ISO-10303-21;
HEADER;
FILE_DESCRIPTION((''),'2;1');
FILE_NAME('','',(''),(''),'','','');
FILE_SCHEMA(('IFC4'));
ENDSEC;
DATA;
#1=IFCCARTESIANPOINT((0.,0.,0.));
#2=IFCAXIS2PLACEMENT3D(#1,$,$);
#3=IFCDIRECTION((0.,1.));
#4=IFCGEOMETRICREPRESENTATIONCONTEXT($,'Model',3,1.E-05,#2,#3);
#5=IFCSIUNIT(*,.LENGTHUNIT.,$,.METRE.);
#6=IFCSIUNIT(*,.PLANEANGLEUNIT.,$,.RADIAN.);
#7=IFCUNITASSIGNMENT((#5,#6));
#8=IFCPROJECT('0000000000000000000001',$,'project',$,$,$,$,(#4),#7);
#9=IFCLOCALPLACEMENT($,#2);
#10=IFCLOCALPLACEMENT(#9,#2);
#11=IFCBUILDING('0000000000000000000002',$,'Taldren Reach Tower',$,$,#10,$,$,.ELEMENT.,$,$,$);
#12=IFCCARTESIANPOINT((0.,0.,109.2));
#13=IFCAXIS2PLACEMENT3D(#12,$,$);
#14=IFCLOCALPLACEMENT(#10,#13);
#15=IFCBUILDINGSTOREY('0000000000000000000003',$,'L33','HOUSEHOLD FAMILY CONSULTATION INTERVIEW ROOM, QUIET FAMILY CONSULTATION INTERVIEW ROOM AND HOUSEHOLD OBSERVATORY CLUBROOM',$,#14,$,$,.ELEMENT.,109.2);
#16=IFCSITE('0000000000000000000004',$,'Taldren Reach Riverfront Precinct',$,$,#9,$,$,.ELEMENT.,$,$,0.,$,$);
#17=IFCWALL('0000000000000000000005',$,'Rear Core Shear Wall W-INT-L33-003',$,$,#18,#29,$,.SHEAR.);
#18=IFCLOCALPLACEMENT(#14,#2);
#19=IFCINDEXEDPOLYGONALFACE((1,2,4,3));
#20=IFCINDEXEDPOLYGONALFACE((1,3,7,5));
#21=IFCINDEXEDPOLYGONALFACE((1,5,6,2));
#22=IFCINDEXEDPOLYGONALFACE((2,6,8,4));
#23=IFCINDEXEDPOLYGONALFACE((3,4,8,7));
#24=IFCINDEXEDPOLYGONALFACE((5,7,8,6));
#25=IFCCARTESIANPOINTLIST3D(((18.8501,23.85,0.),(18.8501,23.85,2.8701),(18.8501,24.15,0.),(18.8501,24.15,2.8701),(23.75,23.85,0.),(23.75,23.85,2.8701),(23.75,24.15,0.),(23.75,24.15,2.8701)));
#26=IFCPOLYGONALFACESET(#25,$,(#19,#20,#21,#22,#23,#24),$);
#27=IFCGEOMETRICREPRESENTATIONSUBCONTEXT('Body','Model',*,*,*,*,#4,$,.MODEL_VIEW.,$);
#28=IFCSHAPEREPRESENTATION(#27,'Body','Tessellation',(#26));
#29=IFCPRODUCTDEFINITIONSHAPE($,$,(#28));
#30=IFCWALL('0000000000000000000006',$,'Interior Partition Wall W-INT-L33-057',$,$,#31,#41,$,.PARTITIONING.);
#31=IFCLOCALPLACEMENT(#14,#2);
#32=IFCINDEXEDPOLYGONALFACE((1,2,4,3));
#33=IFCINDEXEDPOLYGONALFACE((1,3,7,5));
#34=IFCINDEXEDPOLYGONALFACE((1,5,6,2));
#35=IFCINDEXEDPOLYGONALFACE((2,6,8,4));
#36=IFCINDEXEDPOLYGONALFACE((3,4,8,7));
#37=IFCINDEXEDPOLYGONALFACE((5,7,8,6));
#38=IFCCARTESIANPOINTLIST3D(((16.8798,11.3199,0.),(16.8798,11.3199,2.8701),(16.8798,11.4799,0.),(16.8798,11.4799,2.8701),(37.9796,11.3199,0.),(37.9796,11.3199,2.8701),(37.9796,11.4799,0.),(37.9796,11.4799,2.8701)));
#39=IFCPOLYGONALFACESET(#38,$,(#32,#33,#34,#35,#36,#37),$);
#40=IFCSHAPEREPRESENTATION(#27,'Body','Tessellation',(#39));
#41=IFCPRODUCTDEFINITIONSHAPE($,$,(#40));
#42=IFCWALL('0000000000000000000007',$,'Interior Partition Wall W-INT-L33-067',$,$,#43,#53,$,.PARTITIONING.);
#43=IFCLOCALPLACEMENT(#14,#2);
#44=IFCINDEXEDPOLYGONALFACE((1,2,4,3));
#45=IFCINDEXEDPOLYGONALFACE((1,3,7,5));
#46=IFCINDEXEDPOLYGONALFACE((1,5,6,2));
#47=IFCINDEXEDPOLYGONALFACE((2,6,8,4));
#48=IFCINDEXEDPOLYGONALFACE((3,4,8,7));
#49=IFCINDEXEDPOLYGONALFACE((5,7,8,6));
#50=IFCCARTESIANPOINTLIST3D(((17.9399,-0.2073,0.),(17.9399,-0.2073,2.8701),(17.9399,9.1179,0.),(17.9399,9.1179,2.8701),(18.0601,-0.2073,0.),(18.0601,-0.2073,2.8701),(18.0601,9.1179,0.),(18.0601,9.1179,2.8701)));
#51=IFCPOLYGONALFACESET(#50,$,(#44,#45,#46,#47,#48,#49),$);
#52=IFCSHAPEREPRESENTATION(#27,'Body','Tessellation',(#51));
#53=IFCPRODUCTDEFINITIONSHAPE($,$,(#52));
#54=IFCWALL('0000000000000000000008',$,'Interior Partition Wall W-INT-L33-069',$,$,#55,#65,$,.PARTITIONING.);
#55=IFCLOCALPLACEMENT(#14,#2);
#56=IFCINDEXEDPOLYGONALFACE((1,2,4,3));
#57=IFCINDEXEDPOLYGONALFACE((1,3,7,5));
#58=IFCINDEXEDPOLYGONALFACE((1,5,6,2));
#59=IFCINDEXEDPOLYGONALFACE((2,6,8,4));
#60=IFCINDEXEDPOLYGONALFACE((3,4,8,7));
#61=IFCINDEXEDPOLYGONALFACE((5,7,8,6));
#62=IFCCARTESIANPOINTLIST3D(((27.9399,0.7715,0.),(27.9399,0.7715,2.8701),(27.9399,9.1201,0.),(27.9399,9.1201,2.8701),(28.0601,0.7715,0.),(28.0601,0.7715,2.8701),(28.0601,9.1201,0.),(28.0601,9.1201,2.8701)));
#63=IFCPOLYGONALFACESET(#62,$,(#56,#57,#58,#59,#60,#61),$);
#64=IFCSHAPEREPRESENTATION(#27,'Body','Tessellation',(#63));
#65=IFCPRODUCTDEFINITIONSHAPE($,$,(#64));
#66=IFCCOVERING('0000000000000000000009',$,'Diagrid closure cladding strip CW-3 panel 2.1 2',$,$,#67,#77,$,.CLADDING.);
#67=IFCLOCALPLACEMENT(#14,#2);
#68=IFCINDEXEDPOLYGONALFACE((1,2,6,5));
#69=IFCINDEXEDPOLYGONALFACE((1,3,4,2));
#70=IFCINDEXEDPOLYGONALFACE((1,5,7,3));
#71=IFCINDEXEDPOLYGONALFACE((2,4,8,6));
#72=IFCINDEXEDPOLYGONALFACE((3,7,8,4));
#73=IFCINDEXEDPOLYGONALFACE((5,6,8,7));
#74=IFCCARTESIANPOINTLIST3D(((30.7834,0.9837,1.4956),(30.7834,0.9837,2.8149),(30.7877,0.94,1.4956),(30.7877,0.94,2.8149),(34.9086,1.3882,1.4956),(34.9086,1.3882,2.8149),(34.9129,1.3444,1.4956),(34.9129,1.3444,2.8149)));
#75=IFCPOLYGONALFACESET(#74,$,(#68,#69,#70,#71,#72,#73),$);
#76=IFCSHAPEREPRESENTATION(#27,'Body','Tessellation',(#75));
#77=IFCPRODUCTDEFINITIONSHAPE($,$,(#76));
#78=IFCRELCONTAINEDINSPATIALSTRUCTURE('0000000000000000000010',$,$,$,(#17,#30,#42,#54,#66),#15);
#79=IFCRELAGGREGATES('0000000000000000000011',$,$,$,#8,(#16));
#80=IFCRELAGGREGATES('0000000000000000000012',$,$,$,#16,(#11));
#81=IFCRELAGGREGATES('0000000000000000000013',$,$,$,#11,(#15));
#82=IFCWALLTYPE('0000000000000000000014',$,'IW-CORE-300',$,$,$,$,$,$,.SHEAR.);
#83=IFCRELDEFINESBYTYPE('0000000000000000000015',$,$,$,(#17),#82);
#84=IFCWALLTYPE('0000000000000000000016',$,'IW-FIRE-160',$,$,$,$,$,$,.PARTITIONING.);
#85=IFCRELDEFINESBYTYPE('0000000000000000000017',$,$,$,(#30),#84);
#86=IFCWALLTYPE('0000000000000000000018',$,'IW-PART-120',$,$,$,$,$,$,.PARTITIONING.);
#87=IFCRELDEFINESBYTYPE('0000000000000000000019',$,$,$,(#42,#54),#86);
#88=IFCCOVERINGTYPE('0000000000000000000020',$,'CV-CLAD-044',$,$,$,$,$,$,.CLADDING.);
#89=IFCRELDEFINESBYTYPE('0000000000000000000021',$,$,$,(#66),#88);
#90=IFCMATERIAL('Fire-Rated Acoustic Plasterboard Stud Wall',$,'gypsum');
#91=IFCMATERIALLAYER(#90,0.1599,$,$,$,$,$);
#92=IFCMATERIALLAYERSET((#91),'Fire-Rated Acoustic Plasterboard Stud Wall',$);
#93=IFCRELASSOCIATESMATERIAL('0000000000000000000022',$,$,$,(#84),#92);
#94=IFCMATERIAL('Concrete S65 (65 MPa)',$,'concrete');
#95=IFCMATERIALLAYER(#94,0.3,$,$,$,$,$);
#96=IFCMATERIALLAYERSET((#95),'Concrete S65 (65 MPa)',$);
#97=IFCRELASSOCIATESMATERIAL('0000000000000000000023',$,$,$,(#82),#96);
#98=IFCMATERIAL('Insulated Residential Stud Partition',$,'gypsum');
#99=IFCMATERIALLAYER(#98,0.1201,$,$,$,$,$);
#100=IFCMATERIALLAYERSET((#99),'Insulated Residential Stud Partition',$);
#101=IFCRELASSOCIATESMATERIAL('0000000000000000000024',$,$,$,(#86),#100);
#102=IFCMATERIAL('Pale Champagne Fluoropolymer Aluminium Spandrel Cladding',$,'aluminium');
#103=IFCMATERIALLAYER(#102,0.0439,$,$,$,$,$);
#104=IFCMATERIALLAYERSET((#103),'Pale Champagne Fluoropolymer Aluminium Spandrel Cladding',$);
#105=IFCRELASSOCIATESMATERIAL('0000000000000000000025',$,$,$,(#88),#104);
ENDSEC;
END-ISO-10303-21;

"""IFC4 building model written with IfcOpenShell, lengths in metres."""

from ifc_helpers import new_model, si_unit, direction, frame, frame_2d, origin, origin_2d, place, context, subcontext, project, spatial, rectangle, extrude, source, transform, mapped, material, layer, layer_set, type_object, element, save


model = new_model("IFC4")

# Units and contexts
model_context = context("Model", 3, precision=1e-05, world=origin(), true_north=direction((0.0, 1.0)))
body_context = subcontext(model_context, "Body", "Model", "MODEL_VIEW")
ifc_project = project(units=[si_unit("LENGTHUNIT", "METRE"), si_unit("PLANEANGLEUNIT", "RADIAN")], contexts=[model_context])

# Site, building, storey
site_placement = place(None, origin())
site = spatial("IfcSite", under=ifc_project, at=site_placement, Name="Taldren Reach Riverfront Precinct", CompositionType="ELEMENT", RefElevation=0.0)
building_placement = place(site_placement, origin())
building = spatial("IfcBuilding", under=site, at=building_placement, Name="Taldren Reach Tower", CompositionType="ELEMENT")
storey_placement = place(building_placement, frame((0.0, 0.0, 109.2)))
storey = spatial("IfcBuildingStorey", under=building, at=storey_placement, Name="L33", Description="HOUSEHOLD FAMILY CONSULTATION INTERVIEW ROOM, QUIET FAMILY CONSULTATION INTERVIEW ROOM AND HOUSEHOLD OBSERVATORY CLUBROOM", CompositionType="ELEMENT", Elevation=109.2)

# Shared definitions
ifc_material_1 = material(Name="Concrete S65 (65 MPa)", Category="concrete")

# Shared definitions
ifc_material_2 = material(Name="Fire-Rated Acoustic Plasterboard Stud Wall", Category="gypsum")
ifc_layer_1 = layer(ifc_material_2, 0.1599)
ifc_layer_set_1 = layer_set([ifc_layer_1], Name="Fire-Rated Acoustic Plasterboard Stud Wall")
wall_type_1 = type_object("IfcWallType", Name="IW-FIRE-160", PredefinedType="PARTITIONING", material=ifc_layer_set_1)

# Walls
ifc_layer_2 = layer(ifc_material_1, 0.3)
ifc_layer_set_2 = layer_set([ifc_layer_2], Name="Concrete S65 (65 MPa)")
wall_type_2 = type_object("IfcWallType", Name="IW-CORE-300", PredefinedType="SHEAR", material=ifc_layer_set_2)
shared_shape_1 = source(origin(), body_context, "Body", "SweptSolid", [
    extrude(rectangle(XDim=4.8999, YDim=0.3, at=frame_2d((2.45, 0.0))), origin(), (0.0, 0.0, 1.0), 2.8701),
])
wall_1_placement = place(storey_placement, frame((18.8501, 24.0, 0.0), z_axis=(0.0, 0.0, 1.0), x_axis=(1.0, 0.0, 0.0)))
element("IfcWall", 1, at=wall_1_placement, inside=storey, type_object=wall_type_2, Name="Rear Core Shear Wall W-INT-L33-003", PredefinedType="SHEAR", context=body_context, shape_type="MappedRepresentation", body=[
    mapped(shared_shape_1, transform((0.0, 0.0, 0.0), scale=1.0)),
])
shared_shape_2 = source(origin(), body_context, "Body", "SweptSolid", [
    extrude(rectangle(XDim=21.0999, YDim=0.1599, at=frame_2d((10.5498, 0.0))), origin(), (0.0, 0.0, 1.0), 2.8701),
])
wall_2_placement = place(storey_placement, frame((16.8799, 11.3999, 0.0), z_axis=(0.0, 0.0, 1.0), x_axis=(1.0, 0.0, 0.0)))
element("IfcWall", 2, at=wall_2_placement, inside=storey, type_object=wall_type_1, Name="Interior Partition Wall W-INT-L33-057", PredefinedType="PARTITIONING", context=body_context, shape_type="MappedRepresentation", body=[
    mapped(shared_shape_2, transform((0.0, 0.0, 0.0), scale=1.0)),
])
ifc_material_3 = material(Name="Insulated Residential Stud Partition", Category="gypsum")
ifc_layer_3 = layer(ifc_material_3, 0.1201)
ifc_layer_set_3 = layer_set([ifc_layer_3], Name="Insulated Residential Stud Partition")
wall_type_3 = type_object("IfcWallType", Name="IW-PART-120", PredefinedType="PARTITIONING", material=ifc_layer_set_3)
shared_shape_3 = source(origin(), body_context, "Body", "SweptSolid", [
    extrude(rectangle(XDim=9.3252, YDim=0.1201, at=frame_2d((4.6626, 0.0))), origin(), (0.0, 0.0, 1.0), 2.8701),
])
wall_3_placement = place(storey_placement, frame((18.0, 9.1179, 0.0), z_axis=(0.0, 0.0, 1.0), x_axis=(0.0, -1.0, 0.0)))
element("IfcWall", 3, at=wall_3_placement, inside=storey, type_object=wall_type_3, Name="Interior Partition Wall W-INT-L33-067", PredefinedType="PARTITIONING", context=body_context, shape_type="MappedRepresentation", body=[
    mapped(shared_shape_3, transform((0.0, 0.0, 0.0), scale=1.0)),
])
shared_shape_4 = source(origin(), body_context, "Body", "SweptSolid", [
    extrude(rectangle(XDim=8.3486, YDim=0.1201, at=frame_2d((4.1743, 0.0))), origin(), (0.0, 0.0, 1.0), 2.8701),
])
wall_4_placement = place(storey_placement, frame((28.0, 9.1201, 0.0), z_axis=(0.0, 0.0, 1.0), x_axis=(0.0, -1.0, 0.0)))
element("IfcWall", 4, at=wall_4_placement, inside=storey, type_object=wall_type_3, Name="Interior Partition Wall W-INT-L33-069", PredefinedType="PARTITIONING", context=body_context, shape_type="MappedRepresentation", body=[
    mapped(shared_shape_4, transform((0.0, 0.0, 0.0), scale=1.0)),
])

# Covering
ifc_material_4 = material(Name="Pale Champagne Fluoropolymer Aluminium Spandrel Cladding", Category="aluminium")
ifc_layer_4 = layer(ifc_material_4, 0.0439)
ifc_layer_set_4 = layer_set([ifc_layer_4], Name="Pale Champagne Fluoropolymer Aluminium Spandrel Cladding")
covering_type = type_object("IfcCoveringType", Name="CV-CLAD-044", PredefinedType="CLADDING", material=ifc_layer_set_4)
shared_shape_5 = source(origin(), body_context, "Body", "SweptSolid", [
    extrude(rectangle(XDim=4.145, YDim=0.0439, at=origin_2d()), origin(), (0.0, 0.0, 1.0), 1.3193),
])
covering_placement = place(storey_placement, frame((32.8481, 1.1641, 1.4956), z_axis=(0.0, 0.0, 1.0), x_axis=(0.995227, 0.097583, 0.0)))
element("IfcCovering", 5, at=covering_placement, inside=storey, type_object=covering_type, Name="Diagrid closure cladding strip CW-3 panel 2.1 2", PredefinedType="CLADDING", context=body_context, shape_type="MappedRepresentation", body=[
    mapped(shared_shape_5, transform((0.0, 0.0, 0.0), scale=1.0)),
])

save(model, "model.ifc")
